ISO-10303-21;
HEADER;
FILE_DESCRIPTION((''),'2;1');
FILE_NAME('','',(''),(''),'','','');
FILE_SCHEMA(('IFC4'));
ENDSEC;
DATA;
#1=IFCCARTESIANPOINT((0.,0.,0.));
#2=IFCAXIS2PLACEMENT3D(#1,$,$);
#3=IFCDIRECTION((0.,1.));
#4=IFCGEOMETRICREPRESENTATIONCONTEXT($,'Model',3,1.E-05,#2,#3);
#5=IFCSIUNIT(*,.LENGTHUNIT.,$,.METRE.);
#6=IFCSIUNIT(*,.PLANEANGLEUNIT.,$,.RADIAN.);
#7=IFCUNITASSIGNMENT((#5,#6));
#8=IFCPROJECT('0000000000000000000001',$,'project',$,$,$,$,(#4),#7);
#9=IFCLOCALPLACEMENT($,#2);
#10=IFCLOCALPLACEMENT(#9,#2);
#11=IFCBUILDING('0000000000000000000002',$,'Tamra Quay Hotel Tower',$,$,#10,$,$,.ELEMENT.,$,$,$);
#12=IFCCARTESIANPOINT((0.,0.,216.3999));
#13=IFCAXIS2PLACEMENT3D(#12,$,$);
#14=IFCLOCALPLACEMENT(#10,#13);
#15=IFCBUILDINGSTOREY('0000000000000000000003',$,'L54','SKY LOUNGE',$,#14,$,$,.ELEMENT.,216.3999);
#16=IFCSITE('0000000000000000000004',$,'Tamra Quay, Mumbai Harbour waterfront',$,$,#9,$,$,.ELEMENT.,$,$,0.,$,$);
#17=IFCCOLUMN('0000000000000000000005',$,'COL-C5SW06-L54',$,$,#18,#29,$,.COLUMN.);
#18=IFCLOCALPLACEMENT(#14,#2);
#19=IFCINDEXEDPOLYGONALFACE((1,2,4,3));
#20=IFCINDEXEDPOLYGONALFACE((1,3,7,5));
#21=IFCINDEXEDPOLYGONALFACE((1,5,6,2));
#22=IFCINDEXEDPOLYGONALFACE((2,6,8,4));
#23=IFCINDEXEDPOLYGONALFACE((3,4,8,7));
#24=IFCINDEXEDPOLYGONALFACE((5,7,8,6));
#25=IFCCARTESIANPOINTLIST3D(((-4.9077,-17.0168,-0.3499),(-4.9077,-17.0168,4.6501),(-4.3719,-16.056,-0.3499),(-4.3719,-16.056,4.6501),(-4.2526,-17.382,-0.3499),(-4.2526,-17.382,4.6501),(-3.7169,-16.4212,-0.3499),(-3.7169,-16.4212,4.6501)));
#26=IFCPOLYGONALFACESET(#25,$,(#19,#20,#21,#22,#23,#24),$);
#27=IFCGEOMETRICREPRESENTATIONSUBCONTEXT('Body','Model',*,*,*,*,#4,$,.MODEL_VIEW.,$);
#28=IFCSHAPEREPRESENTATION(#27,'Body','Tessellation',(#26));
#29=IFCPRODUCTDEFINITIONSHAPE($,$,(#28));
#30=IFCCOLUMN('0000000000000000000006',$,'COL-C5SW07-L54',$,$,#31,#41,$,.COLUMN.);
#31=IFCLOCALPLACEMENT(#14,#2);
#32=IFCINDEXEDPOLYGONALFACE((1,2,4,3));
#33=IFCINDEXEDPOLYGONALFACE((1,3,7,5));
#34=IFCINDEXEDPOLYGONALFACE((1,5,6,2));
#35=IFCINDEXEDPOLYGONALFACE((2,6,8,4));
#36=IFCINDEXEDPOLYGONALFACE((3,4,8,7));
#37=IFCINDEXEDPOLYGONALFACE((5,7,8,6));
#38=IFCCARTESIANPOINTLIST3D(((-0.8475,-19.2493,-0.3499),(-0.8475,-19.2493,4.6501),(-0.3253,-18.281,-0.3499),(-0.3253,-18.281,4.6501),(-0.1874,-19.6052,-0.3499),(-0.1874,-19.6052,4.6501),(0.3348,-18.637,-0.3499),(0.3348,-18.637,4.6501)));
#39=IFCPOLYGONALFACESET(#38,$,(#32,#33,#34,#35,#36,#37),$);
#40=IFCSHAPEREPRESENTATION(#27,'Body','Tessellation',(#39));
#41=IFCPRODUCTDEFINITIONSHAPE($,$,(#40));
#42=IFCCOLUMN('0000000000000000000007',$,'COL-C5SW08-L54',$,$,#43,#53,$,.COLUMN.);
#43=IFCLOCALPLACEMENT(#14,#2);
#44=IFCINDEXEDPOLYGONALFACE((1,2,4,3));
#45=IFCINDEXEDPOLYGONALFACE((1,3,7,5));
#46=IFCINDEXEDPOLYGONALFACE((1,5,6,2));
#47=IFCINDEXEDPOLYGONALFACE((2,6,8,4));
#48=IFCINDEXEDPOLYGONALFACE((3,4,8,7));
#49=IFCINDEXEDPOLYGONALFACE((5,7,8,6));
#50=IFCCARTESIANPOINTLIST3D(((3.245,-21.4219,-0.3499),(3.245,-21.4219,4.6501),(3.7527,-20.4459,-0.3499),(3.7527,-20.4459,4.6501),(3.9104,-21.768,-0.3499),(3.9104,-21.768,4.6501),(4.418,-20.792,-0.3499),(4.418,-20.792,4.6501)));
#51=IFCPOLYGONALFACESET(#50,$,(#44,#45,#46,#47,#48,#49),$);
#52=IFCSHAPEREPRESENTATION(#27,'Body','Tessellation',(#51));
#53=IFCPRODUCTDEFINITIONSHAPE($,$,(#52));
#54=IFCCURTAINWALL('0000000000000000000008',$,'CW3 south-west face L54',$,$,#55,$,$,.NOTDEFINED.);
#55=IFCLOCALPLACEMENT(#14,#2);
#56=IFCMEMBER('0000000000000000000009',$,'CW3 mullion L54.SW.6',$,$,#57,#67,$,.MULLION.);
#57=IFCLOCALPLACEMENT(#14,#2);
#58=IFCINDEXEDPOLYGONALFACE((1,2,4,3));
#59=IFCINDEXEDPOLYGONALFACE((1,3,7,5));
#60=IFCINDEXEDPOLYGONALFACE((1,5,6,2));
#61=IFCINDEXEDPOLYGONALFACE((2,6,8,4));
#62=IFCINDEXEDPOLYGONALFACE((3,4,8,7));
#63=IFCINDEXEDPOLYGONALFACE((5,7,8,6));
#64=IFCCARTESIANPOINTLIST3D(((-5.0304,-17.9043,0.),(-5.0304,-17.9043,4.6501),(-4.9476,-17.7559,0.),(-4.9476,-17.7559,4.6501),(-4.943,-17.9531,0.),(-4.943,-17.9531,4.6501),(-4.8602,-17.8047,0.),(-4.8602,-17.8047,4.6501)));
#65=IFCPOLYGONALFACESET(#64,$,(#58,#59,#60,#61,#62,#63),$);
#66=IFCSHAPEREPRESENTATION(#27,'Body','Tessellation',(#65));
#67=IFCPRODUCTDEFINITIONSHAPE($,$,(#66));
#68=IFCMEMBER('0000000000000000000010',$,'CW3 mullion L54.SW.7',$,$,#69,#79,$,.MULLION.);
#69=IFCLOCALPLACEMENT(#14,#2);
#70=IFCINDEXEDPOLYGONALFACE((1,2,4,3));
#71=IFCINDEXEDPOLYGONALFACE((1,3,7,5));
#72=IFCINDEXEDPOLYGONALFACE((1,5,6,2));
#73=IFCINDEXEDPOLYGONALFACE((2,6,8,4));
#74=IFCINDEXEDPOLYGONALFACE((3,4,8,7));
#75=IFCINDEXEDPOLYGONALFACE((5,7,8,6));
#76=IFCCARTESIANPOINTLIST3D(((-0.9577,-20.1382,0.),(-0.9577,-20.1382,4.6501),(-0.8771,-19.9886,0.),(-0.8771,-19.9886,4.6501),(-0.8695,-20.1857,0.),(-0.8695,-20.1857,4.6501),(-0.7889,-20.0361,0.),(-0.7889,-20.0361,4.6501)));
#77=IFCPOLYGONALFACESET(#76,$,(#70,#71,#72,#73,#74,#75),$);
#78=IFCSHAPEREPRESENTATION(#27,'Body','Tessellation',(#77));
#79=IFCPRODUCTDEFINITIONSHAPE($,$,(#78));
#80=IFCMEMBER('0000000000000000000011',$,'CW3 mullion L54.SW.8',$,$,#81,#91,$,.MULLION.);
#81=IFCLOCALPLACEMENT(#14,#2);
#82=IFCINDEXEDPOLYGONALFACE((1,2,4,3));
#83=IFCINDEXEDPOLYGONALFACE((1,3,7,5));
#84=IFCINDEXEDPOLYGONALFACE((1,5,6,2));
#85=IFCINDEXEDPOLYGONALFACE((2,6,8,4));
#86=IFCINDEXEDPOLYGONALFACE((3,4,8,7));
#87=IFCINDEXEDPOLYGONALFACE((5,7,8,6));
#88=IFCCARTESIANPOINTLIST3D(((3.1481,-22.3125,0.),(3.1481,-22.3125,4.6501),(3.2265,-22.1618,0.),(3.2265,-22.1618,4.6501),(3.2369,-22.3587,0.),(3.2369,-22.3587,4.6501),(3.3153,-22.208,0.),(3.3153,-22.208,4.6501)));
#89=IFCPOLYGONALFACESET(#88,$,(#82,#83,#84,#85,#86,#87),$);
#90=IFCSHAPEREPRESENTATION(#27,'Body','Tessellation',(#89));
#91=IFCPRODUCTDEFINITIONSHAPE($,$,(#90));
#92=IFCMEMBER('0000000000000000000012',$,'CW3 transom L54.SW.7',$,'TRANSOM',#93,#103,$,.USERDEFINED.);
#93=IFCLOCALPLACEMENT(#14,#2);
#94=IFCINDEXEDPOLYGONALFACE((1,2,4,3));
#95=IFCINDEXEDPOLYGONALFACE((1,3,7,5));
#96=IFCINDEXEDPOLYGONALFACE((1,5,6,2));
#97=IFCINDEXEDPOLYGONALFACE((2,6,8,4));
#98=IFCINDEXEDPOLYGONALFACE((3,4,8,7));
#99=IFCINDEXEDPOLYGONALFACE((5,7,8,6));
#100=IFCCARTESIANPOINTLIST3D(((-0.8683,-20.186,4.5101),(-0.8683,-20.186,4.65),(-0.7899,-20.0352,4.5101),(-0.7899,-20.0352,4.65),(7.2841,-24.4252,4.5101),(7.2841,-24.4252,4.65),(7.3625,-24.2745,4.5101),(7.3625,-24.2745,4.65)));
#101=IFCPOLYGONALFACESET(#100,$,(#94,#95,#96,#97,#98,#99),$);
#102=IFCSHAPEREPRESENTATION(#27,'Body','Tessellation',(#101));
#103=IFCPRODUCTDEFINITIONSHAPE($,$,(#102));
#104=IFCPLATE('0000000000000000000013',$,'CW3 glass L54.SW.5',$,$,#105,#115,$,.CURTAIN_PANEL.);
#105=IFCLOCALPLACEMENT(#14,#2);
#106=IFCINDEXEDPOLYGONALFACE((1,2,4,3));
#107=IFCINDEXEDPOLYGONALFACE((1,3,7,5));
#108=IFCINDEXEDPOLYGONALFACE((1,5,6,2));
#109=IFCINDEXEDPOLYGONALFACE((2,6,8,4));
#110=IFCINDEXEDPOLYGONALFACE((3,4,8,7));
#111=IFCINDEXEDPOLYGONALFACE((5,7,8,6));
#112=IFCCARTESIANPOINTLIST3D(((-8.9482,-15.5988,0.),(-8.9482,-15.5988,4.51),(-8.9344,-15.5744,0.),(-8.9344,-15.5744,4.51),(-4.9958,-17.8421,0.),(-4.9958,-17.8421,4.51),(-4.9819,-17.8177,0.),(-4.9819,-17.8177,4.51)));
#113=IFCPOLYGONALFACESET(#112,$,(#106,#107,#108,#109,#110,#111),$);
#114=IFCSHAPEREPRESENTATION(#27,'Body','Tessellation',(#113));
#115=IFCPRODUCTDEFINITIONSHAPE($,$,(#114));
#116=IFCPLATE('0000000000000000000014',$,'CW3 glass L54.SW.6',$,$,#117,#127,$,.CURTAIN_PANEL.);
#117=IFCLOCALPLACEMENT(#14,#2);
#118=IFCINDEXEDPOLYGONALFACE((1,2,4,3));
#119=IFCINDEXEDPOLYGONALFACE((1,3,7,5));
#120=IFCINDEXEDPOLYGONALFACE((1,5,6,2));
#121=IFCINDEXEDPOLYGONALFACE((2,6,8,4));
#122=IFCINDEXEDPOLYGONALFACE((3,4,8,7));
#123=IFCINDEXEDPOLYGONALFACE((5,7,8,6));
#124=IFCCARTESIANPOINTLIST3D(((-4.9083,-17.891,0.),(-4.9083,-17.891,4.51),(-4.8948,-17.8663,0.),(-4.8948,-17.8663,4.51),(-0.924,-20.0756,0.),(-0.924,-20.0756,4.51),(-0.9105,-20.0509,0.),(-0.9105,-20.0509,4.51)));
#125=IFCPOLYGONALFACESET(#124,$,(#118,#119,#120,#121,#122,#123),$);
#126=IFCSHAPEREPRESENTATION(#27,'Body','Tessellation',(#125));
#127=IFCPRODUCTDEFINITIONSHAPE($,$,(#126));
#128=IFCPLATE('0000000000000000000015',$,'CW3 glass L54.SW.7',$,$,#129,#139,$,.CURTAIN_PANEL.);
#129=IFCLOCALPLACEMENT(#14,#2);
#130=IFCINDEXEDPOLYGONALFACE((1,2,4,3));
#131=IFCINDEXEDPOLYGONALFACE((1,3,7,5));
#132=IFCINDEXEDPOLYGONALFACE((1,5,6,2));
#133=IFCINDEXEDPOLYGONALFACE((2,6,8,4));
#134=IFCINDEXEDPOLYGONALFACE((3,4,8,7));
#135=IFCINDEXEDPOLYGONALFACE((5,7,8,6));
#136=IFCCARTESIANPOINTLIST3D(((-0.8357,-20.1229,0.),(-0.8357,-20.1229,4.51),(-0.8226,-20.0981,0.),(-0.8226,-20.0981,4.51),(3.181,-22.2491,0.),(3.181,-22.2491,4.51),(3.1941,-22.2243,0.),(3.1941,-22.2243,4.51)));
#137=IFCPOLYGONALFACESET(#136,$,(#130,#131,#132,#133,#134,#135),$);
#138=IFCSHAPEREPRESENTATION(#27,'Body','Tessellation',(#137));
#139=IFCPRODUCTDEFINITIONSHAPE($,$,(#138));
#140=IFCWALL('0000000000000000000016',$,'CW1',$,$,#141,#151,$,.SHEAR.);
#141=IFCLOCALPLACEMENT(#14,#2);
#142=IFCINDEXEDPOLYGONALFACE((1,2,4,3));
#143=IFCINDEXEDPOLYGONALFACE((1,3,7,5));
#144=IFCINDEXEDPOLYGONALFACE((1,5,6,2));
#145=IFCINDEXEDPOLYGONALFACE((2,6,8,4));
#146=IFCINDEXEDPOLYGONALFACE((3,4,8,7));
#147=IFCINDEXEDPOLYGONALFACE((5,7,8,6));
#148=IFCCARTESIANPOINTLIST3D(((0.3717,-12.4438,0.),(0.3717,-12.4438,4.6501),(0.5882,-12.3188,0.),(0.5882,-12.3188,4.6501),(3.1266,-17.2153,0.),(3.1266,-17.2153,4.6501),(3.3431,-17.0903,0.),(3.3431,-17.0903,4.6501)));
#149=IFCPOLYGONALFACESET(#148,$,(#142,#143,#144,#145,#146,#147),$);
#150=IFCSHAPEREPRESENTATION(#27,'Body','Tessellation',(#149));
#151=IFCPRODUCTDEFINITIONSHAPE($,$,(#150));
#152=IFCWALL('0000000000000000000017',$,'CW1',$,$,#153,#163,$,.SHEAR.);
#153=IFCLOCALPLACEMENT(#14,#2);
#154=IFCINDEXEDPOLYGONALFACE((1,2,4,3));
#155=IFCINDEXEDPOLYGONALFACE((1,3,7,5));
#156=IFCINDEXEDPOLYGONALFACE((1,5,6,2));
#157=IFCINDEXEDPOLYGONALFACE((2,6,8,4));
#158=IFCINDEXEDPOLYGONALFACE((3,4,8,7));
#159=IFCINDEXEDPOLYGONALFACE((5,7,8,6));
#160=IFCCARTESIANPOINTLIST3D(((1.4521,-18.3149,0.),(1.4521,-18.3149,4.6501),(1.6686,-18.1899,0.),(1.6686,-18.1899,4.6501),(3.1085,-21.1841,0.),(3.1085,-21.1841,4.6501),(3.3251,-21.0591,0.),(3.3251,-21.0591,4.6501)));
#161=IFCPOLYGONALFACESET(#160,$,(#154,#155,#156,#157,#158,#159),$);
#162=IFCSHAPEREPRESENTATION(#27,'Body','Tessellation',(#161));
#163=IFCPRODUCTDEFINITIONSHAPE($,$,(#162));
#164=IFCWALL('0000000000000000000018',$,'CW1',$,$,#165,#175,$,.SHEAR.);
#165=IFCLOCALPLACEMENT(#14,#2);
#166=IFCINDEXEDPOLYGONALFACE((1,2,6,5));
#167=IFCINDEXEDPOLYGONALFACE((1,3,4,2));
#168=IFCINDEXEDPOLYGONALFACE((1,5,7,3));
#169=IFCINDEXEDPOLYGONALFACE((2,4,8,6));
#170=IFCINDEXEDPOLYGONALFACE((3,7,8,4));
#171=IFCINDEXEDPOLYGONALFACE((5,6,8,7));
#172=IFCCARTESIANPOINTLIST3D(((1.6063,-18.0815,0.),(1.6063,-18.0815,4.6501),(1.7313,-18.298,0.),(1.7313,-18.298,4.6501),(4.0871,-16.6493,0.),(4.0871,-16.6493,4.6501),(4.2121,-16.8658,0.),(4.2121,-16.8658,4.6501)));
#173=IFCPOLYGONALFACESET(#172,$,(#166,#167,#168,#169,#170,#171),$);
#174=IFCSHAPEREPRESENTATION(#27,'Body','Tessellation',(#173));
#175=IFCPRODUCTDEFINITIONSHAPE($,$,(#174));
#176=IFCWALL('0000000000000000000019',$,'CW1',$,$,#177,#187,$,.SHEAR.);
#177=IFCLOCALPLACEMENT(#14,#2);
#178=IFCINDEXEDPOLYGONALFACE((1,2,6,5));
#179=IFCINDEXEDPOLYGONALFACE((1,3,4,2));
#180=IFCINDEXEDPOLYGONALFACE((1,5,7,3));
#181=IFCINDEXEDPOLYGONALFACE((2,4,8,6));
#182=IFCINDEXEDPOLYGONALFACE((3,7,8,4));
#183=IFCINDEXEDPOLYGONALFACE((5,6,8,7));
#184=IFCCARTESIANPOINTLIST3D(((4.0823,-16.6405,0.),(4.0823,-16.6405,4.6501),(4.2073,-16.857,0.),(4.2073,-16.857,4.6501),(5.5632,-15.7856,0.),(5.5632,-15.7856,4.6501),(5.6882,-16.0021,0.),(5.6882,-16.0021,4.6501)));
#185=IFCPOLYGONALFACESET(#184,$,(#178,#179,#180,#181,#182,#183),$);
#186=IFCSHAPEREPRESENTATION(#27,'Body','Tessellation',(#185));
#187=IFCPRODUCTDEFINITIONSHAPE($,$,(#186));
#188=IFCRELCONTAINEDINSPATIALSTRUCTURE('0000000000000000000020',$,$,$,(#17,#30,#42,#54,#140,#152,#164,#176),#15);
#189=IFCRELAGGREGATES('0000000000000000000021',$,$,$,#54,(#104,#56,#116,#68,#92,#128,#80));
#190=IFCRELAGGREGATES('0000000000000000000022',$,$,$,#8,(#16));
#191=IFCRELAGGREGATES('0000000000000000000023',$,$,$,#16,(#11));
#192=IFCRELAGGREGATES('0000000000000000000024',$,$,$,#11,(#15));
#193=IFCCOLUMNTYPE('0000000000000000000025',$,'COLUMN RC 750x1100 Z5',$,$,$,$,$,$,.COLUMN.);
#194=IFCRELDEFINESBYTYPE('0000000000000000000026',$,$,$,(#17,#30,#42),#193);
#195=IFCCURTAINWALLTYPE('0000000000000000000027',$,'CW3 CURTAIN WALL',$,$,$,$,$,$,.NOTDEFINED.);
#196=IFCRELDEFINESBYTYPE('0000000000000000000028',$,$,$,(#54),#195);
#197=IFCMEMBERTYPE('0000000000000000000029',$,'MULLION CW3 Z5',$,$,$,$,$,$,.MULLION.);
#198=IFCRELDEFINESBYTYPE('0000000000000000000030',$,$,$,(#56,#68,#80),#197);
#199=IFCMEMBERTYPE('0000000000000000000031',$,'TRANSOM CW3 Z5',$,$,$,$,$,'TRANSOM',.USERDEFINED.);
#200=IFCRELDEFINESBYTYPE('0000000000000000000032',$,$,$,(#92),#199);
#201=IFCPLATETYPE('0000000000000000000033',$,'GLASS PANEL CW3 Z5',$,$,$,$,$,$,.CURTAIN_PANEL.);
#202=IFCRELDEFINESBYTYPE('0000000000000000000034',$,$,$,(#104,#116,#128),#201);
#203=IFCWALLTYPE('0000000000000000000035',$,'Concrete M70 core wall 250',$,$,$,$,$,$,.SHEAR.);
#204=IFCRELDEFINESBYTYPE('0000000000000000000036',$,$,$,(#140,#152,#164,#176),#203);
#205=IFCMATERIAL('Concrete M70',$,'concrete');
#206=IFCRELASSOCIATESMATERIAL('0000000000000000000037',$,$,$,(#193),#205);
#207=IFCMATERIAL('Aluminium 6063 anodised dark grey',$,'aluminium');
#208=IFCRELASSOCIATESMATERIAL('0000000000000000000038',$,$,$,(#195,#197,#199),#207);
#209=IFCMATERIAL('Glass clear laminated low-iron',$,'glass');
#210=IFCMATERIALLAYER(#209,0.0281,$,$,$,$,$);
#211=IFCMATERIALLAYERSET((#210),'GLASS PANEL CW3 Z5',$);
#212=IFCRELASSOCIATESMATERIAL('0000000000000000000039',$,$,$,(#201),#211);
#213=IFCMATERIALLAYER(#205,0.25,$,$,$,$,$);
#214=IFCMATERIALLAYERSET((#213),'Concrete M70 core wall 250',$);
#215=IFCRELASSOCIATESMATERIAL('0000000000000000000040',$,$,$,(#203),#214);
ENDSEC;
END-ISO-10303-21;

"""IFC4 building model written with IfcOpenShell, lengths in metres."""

from ifc_helpers import new_model, si_unit, direction, frame, frame_2d, origin, origin_2d, place, context, subcontext, project, spatial, rectangle, extrude, material, layer, layer_set, material_profile, profile_set, type_object, element, aggregate, save


model = new_model("IFC4")

# Units and contexts
model_context = context("Model", 3, precision=1e-05, world=origin(), true_north=direction((0.0, 1.0)))
body_context = subcontext(model_context, "Body", "Model", "MODEL_VIEW")
ifc_project = project(units=[si_unit("LENGTHUNIT", "METRE"), si_unit("PLANEANGLEUNIT", "RADIAN")], contexts=[model_context])

# Site, building, storey
site_placement = place(None, origin())
site = spatial("IfcSite", under=ifc_project, at=site_placement, Name="Tamra Quay, Mumbai Harbour waterfront", CompositionType="ELEMENT", RefElevation=0.0)
building_placement = place(site_placement, origin())
building = spatial("IfcBuilding", under=site, at=building_placement, Name="Tamra Quay Hotel Tower", CompositionType="ELEMENT")
storey_placement = place(building_placement, frame((0.0, 0.0, 216.3999)))
storey = spatial("IfcBuildingStorey", under=building, at=storey_placement, Name="L54", Description="SKY LOUNGE", CompositionType="ELEMENT", Elevation=216.3999)

# Columns
ifc_material_1 = material(Name="Concrete M70", Category="concrete")
ifc_material_profile_1 = material_profile(ifc_material_1, rectangle(XDim=1.1001, YDim=0.75, at=origin_2d()), Name="COLUMN RC 750x1100 Z5")
ifc_profile_set_1 = profile_set([ifc_material_profile_1], Name="Concrete M70")
column_type = type_object("IfcColumnType", Name="COLUMN RC 750x1100 Z5", PredefinedType="COLUMN", material=ifc_profile_set_1)
for number, where, z_axis, x_axis, name in (
    (1, (-4.3123, -16.719, -0.3499), (0.0, 0.0, 1.0), (0.486989, 0.873408, 0.0), "COL-C5SW06-L54"),
    (2, (-0.2563, -18.9431, -0.3499), (0.0, 0.0, 1.0), (0.474651, 0.880174, 0.0), "COL-C5SW07-L54"),
    (3, (3.8315, -21.1069, -0.3499), (0.0, 0.0, 1.0), (0.461448, 0.887167, 0.0), "COL-C5SW08-L54"),
):
    element("IfcColumn", number, at=place(storey_placement, frame(where, z_axis=z_axis, x_axis=x_axis)), inside=storey, type_object=column_type, Name=name, PredefinedType="COLUMN", context=body_context, shape_type="SweptSolid", body=[
        extrude(rectangle(XDim=1.1001, YDim=0.75, at=origin_2d()), origin(), (0.0, 0.0, 1.0), 5.0),
    ])

# Curtain wall, members, plates
ifc_material_2 = material(Name="Aluminium 6063 anodised dark grey", Category="aluminium")
curtain_wall_type = type_object("IfcCurtainWallType", Name="CW3 CURTAIN WALL", PredefinedType="NOTDEFINED", material=ifc_material_2)
curtain_wall_placement = place(storey_placement, origin())
curtain_wall = element("IfcCurtainWall", 4, at=curtain_wall_placement, inside=storey, type_object=curtain_wall_type, Name="CW3 south-west face L54", PredefinedType="NOTDEFINED")
ifc_material_profile_2 = material_profile(ifc_material_2, rectangle(XDim=0.1699, YDim=0.1001, at=origin_2d()), Name="MULLION 100X170")
ifc_profile_set_2 = profile_set([ifc_material_profile_2], Name="Aluminium 6063 anodised dark grey")
member_type_1 = type_object("IfcMemberType", Name="MULLION CW3 Z5", PredefinedType="MULLION", material=ifc_profile_set_2)
member_1_placement = place(storey_placement, frame((-4.9453, -17.8545, 0.0), z_axis=(0.0, 0.0, 1.0), x_axis=(-0.487204, -0.873288, 0.0)))
member_1 = element("IfcMember", 5, at=member_1_placement, type_object=member_type_1, Name="CW3 mullion L54.SW.6", PredefinedType="MULLION", context=body_context, shape_type="SweptSolid", body=[
    extrude(rectangle(XDim=0.1699, YDim=0.1001, at=origin_2d()), origin(), (0.0, 0.0, 1.0), 4.6501),
])
member_2_placement = place(storey_placement, frame((-0.8733, -20.0872, 0.0), z_axis=(0.0, 0.0, 1.0), x_axis=(-0.474319, -0.880353, 0.0)))
member_2 = element("IfcMember", 6, at=member_2_placement, type_object=member_type_1, Name="CW3 mullion L54.SW.7", PredefinedType="MULLION", context=body_context, shape_type="SweptSolid", body=[
    extrude(rectangle(XDim=0.1699, YDim=0.1001, at=origin_2d()), origin(), (0.0, 0.0, 1.0), 4.6501),
])
member_3_placement = place(storey_placement, frame((3.2317, -22.2603, 0.0), z_axis=(0.0, 0.0, 1.0), x_axis=(-0.461344, -0.887222, 0.0)))
member_3 = element("IfcMember", 7, at=member_3_placement, type_object=member_type_1, Name="CW3 mullion L54.SW.8", PredefinedType="MULLION", context=body_context, shape_type="SweptSolid", body=[
    extrude(rectangle(XDim=0.1699, YDim=0.1001, at=origin_2d()), origin(), (0.0, 0.0, 1.0), 4.6501),
])
ifc_material_profile_3 = material_profile(ifc_material_2, rectangle(XDim=0.1699, YDim=0.1399, at=origin_2d()), Name="TRANSOM 170X140")
ifc_profile_set_3 = profile_set([ifc_material_profile_3], Name="Aluminium 6063 anodised dark grey")
member_type_2 = type_object("IfcMemberType", Name="TRANSOM CW3 Z5", ElementType="TRANSOM", PredefinedType="USERDEFINED", material=ifc_profile_set_3)
member_4_placement = place(storey_placement, frame((-0.8291, -20.1106, 4.5801), z_axis=(0.887215, -0.461356, 0.0), x_axis=(0.461356, 0.887215, 0.0)))
member_4 = element("IfcMember", 8, at=member_4_placement, type_object=member_type_2, Name="CW3 transom L54.SW.7", ObjectType="TRANSOM", PredefinedType="USERDEFINED", context=body_context, shape_type="SweptSolid", body=[
    extrude(rectangle(XDim=0.1699, YDim=0.1399, at=origin_2d()), origin(), (0.0, 0.0, 1.0), 9.1887),
])
ifc_material_3 = material(Name="Glass clear laminated low-iron", Category="glass")
ifc_layer_1 = layer(ifc_material_3, 0.0281)
ifc_layer_set_1 = layer_set([ifc_layer_1], Name="GLASS PANEL CW3 Z5")
plate_type = type_object("IfcPlateType", Name="GLASS PANEL CW3 Z5", PredefinedType="CURTAIN_PANEL", material=ifc_layer_set_1)
plate_1_placement = place(storey_placement, frame((-6.9651, -16.7083, 0.0), z_axis=(0.0, 0.0, 1.0), x_axis=(0.869683, -0.493611, 0.0)))
plate_1 = element("IfcPlate", 9, at=plate_1_placement, type_object=plate_type, Name="CW3 glass L54.SW.5", PredefinedType="CURTAIN_PANEL", context=body_context, shape_type="SweptSolid", body=[
    extrude(rectangle(XDim=4.5447, YDim=0.0281, at=origin_2d()), origin(), (0.0, 0.0, 1.0), 4.51),
])
plate_2_placement = place(storey_placement, frame((-2.9094, -18.9709, 0.0), z_axis=(0.0, 0.0, 1.0), x_axis=(0.876846, -0.480771, 0.0)))
plate_2 = element("IfcPlate", 10, at=plate_2_placement, type_object=plate_type, Name="CW3 glass L54.SW.6", PredefinedType="CURTAIN_PANEL", context=body_context, shape_type="SweptSolid", body=[
    extrude(rectangle(XDim=4.5439, YDim=0.0281, at=origin_2d()), origin(), (0.0, 0.0, 1.0), 4.51),
])
plate_3_placement = place(storey_placement, frame((1.1792, -21.1736, 0.0), z_axis=(0.0, 0.0, 1.0), x_axis=(0.883813, -0.46784, 0.0)))
plate_3 = element("IfcPlate", 11, at=plate_3_placement, type_object=plate_type, Name="CW3 glass L54.SW.7", PredefinedType="CURTAIN_PANEL", context=body_context, shape_type="SweptSolid", body=[
    extrude(rectangle(XDim=4.5447, YDim=0.0281, at=origin_2d()), origin(), (0.0, 0.0, 1.0), 4.51),
])
aggregate(curtain_wall, [plate_1, member_1, plate_2, member_2, member_4, plate_3, member_3])

# Walls
ifc_layer_2 = layer(ifc_material_1, 0.25)
ifc_layer_set_2 = layer_set([ifc_layer_2], Name="Concrete M70 core wall 250")
wall_type_1 = type_object("IfcWallType", Name="Concrete M70 core wall 250", PredefinedType="SHEAR", material=ifc_layer_set_2)
wall_1_placement = place(storey_placement, frame((3.2349, -17.1528, 0.0), z_axis=(0.0, 0.0, 1.0), x_axis=(-0.500009, 0.86602, 0.0)))
element("IfcWall", 12, at=wall_1_placement, inside=storey, type_object=wall_type_1, Name="CW1", PredefinedType="SHEAR", context=body_context, shape_type="SweptSolid", body=[
    extrude(rectangle(XDim=5.5098, YDim=0.25, at=frame_2d((2.7549, 0.0))), origin(), (0.0, 0.0, 1.0), 4.6501),
])
wall_2_placement = place(storey_placement, frame((3.2168, -21.1216, 0.0), z_axis=(0.0, 0.0, 1.0), x_axis=(-0.499999, 0.866026, 0.0)))
element("IfcWall", 13, at=wall_2_placement, inside=storey, type_object=wall_type_1, Name="CW1", PredefinedType="SHEAR", context=body_context, shape_type="SweptSolid", body=[
    extrude(rectangle(XDim=3.313, YDim=0.25, at=frame_2d((1.6565, 0.0))), origin(), (0.0, 0.0, 1.0), 4.6501),
])
wall_3_placement = place(storey_placement, frame((1.6689, -18.1897, 0.0), z_axis=(0.0, 0.0, 1.0), x_axis=(0.866042, 0.499971, 0.0)))
element("IfcWall", 14, at=wall_3_placement, inside=storey, type_object=wall_type_1, Name="CW1", PredefinedType="SHEAR", context=body_context, shape_type="SweptSolid", body=[
    extrude(rectangle(XDim=2.8645, YDim=0.25, at=frame_2d((1.4321, 0.0))), origin(), (0.0, 0.0, 1.0), 4.6501),
])
wall_4_placement = place(storey_placement, frame((4.1448, -16.7488, 0.0), z_axis=(0.0, 0.0, 1.0), x_axis=(0.866038, 0.499978, 0.0)))
element("IfcWall", 15, at=wall_4_placement, inside=storey, type_object=wall_type_1, Name="CW1", PredefinedType="SHEAR", context=body_context, shape_type="SweptSolid", body=[
    extrude(rectangle(XDim=1.71, YDim=0.25, at=frame_2d((0.855, 0.0))), origin(), (0.0, 0.0, 1.0), 4.6501),
])

save(model, "model.ifc")
